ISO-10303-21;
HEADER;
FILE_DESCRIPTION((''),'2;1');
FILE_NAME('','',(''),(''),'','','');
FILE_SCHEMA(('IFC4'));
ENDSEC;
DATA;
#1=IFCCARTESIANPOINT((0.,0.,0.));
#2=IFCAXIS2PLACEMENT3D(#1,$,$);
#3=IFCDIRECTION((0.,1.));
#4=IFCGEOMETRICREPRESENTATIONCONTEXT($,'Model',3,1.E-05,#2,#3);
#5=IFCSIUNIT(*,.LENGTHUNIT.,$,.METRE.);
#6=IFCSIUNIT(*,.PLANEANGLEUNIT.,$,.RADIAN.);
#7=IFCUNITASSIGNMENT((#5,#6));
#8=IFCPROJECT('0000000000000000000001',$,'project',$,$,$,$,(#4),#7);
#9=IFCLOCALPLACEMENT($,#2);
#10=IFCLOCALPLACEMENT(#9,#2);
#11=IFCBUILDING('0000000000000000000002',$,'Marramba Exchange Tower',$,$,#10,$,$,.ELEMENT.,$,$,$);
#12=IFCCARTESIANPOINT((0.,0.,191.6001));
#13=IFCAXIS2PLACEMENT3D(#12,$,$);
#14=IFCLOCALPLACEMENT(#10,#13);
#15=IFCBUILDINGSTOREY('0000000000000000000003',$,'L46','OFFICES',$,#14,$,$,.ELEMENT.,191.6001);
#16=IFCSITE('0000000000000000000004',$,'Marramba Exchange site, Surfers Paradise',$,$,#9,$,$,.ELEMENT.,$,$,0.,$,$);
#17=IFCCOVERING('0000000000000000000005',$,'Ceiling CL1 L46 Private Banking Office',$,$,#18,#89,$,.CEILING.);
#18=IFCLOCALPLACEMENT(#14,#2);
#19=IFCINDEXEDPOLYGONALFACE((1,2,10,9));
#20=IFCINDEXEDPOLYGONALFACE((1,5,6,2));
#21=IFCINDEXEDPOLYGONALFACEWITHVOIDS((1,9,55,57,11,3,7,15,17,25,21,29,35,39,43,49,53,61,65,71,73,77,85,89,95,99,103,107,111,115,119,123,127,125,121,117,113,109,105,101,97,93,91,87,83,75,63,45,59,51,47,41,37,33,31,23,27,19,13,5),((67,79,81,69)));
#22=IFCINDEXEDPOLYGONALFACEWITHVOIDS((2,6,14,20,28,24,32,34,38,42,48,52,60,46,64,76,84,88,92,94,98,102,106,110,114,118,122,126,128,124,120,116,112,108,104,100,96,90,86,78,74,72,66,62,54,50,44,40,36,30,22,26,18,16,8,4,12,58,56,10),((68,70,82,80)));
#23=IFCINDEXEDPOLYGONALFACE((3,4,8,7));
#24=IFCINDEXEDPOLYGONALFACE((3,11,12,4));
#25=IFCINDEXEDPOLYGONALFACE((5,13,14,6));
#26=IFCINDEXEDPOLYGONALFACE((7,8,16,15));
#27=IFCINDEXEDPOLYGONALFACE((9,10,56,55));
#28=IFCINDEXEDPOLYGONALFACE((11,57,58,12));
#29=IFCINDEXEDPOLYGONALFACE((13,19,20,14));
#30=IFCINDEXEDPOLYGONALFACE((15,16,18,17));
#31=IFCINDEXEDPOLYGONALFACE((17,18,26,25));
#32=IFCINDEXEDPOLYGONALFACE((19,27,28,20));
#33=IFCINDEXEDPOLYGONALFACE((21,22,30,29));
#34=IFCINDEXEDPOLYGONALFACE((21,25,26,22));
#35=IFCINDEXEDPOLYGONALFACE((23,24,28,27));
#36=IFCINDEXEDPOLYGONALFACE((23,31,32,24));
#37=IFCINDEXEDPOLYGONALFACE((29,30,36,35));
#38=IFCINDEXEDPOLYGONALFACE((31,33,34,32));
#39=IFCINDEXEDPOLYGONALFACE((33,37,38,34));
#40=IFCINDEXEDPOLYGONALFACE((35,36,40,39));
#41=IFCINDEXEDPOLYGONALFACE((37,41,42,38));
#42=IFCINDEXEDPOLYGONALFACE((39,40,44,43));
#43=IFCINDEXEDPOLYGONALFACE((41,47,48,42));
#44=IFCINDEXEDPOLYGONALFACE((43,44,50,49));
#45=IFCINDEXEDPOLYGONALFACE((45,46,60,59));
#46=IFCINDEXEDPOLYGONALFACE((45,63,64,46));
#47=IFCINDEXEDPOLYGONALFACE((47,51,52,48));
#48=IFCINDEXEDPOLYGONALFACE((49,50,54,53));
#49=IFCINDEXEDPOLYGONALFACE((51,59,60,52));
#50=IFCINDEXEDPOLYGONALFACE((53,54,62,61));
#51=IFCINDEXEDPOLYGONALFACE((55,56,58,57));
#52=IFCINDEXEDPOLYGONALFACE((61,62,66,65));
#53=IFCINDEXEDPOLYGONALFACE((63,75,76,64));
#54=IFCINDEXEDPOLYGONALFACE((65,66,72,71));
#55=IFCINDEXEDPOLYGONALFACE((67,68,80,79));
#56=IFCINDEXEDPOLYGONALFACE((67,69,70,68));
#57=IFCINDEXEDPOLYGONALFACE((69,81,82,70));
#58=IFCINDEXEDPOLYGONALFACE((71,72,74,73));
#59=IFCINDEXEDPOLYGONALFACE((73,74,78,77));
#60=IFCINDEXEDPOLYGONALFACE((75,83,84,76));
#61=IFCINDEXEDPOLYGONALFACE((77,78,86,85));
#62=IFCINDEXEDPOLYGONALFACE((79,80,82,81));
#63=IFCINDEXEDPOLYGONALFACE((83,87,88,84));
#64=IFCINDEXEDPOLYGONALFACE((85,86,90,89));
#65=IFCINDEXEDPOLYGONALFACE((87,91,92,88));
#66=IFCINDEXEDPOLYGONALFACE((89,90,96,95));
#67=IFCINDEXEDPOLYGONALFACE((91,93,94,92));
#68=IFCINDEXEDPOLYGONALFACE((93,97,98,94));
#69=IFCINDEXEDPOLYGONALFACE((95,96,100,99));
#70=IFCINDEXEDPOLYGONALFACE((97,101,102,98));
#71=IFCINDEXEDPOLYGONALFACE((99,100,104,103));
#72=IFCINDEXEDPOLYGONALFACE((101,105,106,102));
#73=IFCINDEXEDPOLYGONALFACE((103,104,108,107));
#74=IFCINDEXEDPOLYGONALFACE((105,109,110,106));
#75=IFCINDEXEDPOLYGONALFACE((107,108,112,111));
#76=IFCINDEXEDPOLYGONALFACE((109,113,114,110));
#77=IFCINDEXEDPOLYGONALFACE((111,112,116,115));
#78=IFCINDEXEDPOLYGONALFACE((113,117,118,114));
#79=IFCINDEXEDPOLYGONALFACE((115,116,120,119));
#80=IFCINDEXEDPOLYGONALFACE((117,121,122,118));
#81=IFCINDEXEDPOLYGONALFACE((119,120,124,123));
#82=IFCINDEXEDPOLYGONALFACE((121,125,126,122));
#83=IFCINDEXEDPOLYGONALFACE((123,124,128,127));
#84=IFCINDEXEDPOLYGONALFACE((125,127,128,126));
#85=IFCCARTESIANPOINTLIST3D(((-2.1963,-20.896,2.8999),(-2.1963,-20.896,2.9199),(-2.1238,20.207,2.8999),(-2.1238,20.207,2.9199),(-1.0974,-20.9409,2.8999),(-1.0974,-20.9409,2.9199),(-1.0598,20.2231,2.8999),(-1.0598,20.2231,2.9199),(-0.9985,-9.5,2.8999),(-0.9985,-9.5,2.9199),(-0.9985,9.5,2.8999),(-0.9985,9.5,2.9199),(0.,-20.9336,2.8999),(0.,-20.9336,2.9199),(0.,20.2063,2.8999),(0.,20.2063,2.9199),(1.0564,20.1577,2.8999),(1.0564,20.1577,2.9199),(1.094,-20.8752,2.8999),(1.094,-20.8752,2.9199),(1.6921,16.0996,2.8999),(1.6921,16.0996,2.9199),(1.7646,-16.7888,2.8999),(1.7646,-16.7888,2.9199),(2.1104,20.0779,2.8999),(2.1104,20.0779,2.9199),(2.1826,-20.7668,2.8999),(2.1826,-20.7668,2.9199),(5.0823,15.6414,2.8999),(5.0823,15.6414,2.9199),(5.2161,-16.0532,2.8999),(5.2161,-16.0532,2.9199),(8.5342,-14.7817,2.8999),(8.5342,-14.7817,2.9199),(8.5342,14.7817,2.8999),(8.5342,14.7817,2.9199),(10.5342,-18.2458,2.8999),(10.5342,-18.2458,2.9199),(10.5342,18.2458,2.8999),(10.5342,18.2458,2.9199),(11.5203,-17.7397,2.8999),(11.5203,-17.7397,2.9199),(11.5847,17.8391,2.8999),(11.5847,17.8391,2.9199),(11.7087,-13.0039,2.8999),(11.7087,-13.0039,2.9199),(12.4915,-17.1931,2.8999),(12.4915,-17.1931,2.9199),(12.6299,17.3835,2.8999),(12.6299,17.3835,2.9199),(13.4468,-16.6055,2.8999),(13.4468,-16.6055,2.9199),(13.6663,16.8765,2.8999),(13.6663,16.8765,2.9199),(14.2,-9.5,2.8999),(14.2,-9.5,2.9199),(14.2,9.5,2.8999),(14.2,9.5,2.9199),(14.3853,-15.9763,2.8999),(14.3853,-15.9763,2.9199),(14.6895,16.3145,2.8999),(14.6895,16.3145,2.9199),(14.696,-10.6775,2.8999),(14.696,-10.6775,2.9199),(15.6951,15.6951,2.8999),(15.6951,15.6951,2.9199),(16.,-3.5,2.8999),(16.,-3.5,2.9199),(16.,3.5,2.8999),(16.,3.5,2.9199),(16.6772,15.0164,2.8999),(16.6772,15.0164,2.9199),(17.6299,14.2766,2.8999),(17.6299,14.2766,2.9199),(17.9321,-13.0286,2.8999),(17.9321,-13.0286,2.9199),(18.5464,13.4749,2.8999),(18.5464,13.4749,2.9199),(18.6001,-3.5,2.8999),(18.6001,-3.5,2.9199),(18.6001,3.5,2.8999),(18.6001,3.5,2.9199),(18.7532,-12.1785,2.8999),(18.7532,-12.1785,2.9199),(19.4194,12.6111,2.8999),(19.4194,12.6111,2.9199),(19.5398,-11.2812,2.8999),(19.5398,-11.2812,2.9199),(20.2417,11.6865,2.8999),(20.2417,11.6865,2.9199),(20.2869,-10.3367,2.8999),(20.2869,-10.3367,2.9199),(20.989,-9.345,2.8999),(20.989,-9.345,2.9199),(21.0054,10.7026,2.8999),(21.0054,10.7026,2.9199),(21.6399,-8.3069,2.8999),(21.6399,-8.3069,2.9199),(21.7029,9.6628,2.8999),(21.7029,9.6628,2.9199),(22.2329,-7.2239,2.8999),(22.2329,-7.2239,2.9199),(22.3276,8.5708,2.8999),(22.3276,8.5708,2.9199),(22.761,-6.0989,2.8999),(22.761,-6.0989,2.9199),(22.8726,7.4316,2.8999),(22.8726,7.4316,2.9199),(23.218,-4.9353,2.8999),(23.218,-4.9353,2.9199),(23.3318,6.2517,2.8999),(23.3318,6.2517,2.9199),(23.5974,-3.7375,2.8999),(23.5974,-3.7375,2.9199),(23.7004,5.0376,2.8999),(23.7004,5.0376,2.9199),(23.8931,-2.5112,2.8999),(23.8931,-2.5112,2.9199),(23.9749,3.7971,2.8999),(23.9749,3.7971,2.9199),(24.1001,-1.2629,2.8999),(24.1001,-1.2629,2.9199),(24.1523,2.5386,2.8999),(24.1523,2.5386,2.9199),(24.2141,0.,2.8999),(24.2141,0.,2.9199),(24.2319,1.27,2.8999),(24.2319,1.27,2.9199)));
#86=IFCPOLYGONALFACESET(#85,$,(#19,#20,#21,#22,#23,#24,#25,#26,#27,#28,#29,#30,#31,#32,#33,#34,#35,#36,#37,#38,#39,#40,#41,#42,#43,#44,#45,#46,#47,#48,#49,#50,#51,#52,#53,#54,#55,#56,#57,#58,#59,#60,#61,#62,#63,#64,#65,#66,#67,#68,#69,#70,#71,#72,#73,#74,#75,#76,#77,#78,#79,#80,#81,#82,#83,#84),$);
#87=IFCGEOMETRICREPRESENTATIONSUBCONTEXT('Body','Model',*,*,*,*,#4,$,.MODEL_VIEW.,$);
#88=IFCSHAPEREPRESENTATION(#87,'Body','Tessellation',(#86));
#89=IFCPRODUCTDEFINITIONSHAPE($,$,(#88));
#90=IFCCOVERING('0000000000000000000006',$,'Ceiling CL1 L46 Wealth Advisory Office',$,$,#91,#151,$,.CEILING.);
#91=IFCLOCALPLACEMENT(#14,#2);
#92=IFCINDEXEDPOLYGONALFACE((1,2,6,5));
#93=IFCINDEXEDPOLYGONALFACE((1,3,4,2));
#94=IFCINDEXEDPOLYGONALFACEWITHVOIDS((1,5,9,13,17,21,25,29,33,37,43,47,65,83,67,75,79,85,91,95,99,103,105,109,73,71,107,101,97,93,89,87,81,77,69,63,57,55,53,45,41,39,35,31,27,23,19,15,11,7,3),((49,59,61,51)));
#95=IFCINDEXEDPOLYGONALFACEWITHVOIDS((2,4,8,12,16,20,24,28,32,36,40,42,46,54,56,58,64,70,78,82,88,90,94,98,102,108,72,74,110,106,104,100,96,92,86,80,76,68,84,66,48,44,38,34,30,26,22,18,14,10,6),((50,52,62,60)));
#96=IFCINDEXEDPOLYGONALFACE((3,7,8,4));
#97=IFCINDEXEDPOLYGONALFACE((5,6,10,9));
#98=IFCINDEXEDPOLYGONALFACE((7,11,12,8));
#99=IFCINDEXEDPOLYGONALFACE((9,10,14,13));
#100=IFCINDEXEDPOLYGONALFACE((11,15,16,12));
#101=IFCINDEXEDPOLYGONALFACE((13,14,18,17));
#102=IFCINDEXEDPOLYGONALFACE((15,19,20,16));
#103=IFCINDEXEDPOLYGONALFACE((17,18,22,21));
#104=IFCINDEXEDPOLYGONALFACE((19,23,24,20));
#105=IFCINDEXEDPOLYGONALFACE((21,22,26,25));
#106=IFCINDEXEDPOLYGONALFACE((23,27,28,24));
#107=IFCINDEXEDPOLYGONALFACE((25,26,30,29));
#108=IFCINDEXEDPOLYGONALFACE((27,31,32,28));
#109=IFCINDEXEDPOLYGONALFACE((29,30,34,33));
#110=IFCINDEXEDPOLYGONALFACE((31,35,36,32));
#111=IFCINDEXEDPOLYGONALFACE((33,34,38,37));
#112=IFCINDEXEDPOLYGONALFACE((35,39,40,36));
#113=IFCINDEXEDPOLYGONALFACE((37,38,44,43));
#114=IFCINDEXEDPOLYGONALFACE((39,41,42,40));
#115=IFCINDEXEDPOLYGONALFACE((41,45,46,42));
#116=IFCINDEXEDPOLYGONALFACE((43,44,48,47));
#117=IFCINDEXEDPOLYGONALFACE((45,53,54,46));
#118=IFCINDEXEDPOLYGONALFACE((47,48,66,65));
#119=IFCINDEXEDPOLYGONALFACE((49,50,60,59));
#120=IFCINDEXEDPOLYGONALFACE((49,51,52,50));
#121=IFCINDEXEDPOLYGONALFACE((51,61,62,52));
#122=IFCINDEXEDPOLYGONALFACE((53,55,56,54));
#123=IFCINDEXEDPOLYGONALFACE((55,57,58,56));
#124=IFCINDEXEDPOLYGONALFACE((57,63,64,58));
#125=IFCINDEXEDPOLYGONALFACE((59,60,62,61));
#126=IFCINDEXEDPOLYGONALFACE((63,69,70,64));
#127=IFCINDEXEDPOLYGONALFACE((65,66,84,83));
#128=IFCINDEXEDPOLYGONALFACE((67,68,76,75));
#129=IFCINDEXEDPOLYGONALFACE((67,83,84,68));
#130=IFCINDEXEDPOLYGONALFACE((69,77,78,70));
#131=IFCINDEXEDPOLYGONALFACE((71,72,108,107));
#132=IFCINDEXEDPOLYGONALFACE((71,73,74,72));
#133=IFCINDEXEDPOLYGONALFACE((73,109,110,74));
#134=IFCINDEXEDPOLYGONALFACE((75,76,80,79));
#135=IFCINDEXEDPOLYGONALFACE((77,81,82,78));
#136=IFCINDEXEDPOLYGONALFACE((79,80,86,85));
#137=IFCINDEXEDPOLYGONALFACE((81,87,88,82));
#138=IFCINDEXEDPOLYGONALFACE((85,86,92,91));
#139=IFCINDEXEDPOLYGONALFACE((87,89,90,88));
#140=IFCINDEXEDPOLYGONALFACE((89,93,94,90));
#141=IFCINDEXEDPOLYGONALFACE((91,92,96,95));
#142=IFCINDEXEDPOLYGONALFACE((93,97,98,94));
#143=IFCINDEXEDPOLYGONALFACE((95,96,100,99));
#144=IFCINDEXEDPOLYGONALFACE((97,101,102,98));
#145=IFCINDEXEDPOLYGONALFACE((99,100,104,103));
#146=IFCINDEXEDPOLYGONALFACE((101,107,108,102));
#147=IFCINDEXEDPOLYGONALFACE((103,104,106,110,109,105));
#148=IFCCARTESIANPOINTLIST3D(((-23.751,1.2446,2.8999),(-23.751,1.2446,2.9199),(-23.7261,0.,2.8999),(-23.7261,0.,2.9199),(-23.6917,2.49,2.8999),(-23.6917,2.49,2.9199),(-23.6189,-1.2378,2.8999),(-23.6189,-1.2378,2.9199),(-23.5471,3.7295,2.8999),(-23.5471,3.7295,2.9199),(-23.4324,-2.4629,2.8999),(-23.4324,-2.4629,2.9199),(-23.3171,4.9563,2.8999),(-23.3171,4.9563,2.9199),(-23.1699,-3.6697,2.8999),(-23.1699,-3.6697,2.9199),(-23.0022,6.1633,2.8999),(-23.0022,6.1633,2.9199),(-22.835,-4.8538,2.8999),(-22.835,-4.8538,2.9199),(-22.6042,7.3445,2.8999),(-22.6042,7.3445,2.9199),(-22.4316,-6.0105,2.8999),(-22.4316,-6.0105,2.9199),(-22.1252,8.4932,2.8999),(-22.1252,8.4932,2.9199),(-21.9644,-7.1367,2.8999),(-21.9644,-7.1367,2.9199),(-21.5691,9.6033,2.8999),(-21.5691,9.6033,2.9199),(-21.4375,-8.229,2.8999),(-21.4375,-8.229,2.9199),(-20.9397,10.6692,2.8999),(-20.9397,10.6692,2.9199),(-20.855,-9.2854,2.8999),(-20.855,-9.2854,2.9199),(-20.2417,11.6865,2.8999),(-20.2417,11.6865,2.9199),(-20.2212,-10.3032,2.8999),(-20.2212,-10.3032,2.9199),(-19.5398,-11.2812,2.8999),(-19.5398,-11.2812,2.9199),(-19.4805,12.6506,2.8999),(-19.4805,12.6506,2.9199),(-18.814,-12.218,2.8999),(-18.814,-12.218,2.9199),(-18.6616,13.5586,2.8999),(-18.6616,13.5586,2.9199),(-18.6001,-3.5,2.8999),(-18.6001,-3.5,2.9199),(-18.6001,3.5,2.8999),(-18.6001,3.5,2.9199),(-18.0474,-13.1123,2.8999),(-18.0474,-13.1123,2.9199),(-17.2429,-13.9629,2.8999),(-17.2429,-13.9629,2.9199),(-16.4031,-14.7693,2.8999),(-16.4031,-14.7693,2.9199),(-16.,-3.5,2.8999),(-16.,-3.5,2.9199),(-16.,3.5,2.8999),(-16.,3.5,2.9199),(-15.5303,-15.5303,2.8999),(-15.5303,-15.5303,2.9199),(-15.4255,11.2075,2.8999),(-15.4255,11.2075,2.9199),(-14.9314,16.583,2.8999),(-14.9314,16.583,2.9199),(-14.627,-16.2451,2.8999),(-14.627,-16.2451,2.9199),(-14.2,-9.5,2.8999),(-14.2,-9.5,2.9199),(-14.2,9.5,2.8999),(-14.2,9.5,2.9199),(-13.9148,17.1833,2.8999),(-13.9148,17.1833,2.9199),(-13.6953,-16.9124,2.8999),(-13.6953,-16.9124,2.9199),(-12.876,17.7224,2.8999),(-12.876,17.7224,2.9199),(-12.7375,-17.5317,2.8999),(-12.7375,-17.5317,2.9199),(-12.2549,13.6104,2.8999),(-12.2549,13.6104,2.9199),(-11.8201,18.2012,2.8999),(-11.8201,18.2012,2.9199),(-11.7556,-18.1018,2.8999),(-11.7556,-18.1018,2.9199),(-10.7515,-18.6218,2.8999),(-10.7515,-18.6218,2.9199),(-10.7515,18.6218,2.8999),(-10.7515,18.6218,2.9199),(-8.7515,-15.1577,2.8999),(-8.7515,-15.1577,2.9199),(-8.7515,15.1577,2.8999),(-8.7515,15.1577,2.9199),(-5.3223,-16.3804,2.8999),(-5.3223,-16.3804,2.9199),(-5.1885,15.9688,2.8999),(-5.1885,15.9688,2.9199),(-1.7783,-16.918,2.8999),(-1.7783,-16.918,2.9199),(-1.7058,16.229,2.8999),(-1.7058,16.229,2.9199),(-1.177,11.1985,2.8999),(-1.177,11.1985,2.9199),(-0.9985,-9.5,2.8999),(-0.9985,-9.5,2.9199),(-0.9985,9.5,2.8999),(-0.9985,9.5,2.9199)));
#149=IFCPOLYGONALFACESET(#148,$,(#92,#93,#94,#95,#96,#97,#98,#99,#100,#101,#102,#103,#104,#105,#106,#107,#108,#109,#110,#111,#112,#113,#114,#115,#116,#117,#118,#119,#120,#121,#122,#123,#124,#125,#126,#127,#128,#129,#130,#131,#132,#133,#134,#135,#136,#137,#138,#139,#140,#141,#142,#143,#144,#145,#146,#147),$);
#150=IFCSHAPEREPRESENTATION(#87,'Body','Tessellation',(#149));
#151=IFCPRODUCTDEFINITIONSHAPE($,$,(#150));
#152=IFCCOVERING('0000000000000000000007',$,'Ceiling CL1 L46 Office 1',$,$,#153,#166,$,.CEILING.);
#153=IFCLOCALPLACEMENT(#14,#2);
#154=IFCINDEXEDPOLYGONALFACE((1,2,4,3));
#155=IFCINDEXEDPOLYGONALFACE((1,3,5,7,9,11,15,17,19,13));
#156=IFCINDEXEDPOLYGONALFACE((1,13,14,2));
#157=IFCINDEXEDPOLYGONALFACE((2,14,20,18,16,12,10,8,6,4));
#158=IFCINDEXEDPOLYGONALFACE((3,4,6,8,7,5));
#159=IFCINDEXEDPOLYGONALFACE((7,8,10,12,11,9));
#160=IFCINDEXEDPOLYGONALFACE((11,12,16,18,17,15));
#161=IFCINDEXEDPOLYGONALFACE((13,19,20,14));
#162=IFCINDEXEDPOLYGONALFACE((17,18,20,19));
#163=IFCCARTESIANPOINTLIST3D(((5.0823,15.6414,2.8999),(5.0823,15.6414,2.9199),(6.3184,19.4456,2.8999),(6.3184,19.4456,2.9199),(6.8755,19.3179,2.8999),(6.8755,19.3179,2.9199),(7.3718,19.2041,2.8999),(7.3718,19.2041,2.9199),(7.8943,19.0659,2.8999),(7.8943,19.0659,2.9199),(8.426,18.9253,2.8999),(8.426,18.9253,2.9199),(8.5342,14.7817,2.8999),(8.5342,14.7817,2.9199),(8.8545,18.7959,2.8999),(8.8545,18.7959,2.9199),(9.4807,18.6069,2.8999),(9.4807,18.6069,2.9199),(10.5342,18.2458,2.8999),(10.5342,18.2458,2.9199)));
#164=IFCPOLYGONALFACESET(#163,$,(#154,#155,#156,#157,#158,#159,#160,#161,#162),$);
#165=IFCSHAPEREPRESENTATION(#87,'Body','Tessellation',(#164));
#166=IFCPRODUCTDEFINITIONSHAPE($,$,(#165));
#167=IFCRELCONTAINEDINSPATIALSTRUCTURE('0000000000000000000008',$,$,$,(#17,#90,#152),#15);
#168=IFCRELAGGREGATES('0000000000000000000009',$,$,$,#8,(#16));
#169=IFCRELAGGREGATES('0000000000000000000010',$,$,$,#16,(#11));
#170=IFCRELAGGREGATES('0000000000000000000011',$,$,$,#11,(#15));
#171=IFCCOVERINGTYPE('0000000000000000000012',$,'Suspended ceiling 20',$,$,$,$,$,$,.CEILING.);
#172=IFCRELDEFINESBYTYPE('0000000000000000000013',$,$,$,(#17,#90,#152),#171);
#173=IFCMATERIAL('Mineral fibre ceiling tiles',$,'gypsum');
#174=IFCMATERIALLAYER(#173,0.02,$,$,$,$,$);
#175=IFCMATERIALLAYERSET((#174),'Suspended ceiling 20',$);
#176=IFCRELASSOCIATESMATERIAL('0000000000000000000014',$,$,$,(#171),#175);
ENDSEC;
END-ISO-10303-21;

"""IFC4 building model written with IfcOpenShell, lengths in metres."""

from ifc_helpers import new_model, si_unit, direction, frame, origin, place, context, subcontext, project, spatial, polyline, outline, extrude, material, layer, layer_set, type_object, element, save


model = new_model("IFC4")

# Units and contexts
model_context = context("Model", 3, precision=1e-05, world=origin(), true_north=direction((0.0, 1.0)))
body_context = subcontext(model_context, "Body", "Model", "MODEL_VIEW")
ifc_project = project(units=[si_unit("LENGTHUNIT", "METRE"), si_unit("PLANEANGLEUNIT", "RADIAN")], contexts=[model_context])

# Site, building, storey
site_placement = place(None, origin())
site = spatial("IfcSite", under=ifc_project, at=site_placement, Name="Marramba Exchange site, Surfers Paradise", CompositionType="ELEMENT", RefElevation=0.0)
building_placement = place(site_placement, origin())
building = spatial("IfcBuilding", under=site, at=building_placement, Name="Marramba Exchange Tower", CompositionType="ELEMENT")
storey_placement = place(building_placement, frame((0.0, 0.0, 191.6001)))
storey = spatial("IfcBuildingStorey", under=building, at=storey_placement, Name="L46", Description="OFFICES", CompositionType="ELEMENT", Elevation=191.6001)

# Coverings
ifc_material_1 = material(Name="Mineral fibre ceiling tiles", Category="gypsum")
ifc_layer_1 = layer(ifc_material_1, 0.02)
ifc_layer_set_1 = layer_set([ifc_layer_1], Name="Suspended ceiling 20")
covering_type = type_object("IfcCoveringType", Name="Suspended ceiling 20", PredefinedType="CEILING", material=ifc_layer_set_1)
covering_1_placement = place(storey_placement, frame((0.0, 0.0, 2.8999)))
element("IfcCovering", 1, at=covering_1_placement, inside=storey, type_object=covering_type, Name="Ceiling CL1 L46 Private Banking Office", PredefinedType="CEILING", context=body_context, shape_type="SweptSolid", body=[
    extrude(outline(polyline([(14.2, 9.5), (-0.9985, 9.5), (-2.1238, 20.207), (-1.0598, 20.2231), (0.0, 20.2063), (1.0564, 20.1577), (2.1104, 20.0779), (1.6921, 16.0996), (5.0823, 15.6414), (8.5342, 14.7817), (10.5342, 18.2458), (11.5847, 17.8391), (12.6299, 17.3835), (13.6663, 16.8765), (14.6895, 16.3145), (15.6951, 15.6951), (16.6772, 15.0164), (17.6299, 14.2766), (18.5464, 13.4749), (19.4194, 12.6111), (20.2417, 11.6865), (21.0054, 10.7026), (21.7029, 9.6628), (22.3276, 8.5708), (22.8726, 7.4316), (23.3318, 6.2517), (23.7004, 5.0376), (23.9749, 3.7971), (24.1523, 2.5386), (24.2319, 1.27), (24.2141, 0.0), (24.1001, -1.2629), (23.8931, -2.5112), (23.5974, -3.7375), (23.218, -4.9353), (22.761, -6.0989), (22.2329, -7.2239), (21.6399, -8.3069), (20.989, -9.345), (20.2869, -10.3367), (19.5398, -11.2812), (18.7532, -12.1785), (17.9321, -13.0286), (14.696, -10.6775), (11.7087, -13.0039), (14.3853, -15.9763), (13.4468, -16.6055), (12.4915, -17.1931), (11.5203, -17.7397), (10.5342, -18.2458), (8.5342, -14.7817), (5.2161, -16.0532), (1.7646, -16.7888), (2.1826, -20.7668), (1.094, -20.8752), (0.0, -20.9336), (-1.0974, -20.9409), (-2.1963, -20.896), (-0.9985, -9.5), (14.2, -9.5), (14.2, 9.5)]), holes=[polyline([(16.0, -3.5), (18.6001, -3.5), (18.6001, 3.5), (16.0, 3.5), (16.0, -3.5)])]), origin(), (0.0, 0.0, 1.0), 0.02),
])
covering_2_placement = place(storey_placement, frame((0.0, 0.0, 2.8999)))
element("IfcCovering", 2, at=covering_2_placement, inside=storey, type_object=covering_type, Name="Ceiling CL1 L46 Wealth Advisory Office", PredefinedType="CEILING", context=body_context, shape_type="SweptSolid", body=[
    extrude(outline(polyline([(-14.2, 9.5), (-14.2, -9.5), (-0.9985, -9.5), (-1.7783, -16.918), (-5.3223, -16.3804), (-8.7515, -15.1577), (-10.7515, -18.6218), (-11.7556, -18.1018), (-12.7375, -17.5317), (-13.6953, -16.9124), (-14.627, -16.2451), (-15.5303, -15.5303), (-16.4031, -14.7693), (-17.2429, -13.9629), (-18.0474, -13.1123), (-18.814, -12.218), (-19.5398, -11.2812), (-20.2212, -10.3032), (-20.855, -9.2854), (-21.4375, -8.229), (-21.9644, -7.1367), (-22.4316, -6.0105), (-22.835, -4.8538), (-23.1699, -3.6697), (-23.4324, -2.4629), (-23.6189, -1.2378), (-23.7261, 0.0), (-23.751, 1.2446), (-23.6917, 2.49), (-23.5471, 3.7295), (-23.3171, 4.9563), (-23.0022, 6.1633), (-22.6042, 7.3445), (-22.1252, 8.4932), (-21.5691, 9.6033), (-20.9397, 10.6692), (-20.2417, 11.6865), (-19.4805, 12.6506), (-18.6616, 13.5586), (-15.4255, 11.2075), (-12.2549, 13.6104), (-14.9314, 16.583), (-13.9148, 17.1833), (-12.876, 17.7224), (-11.8201, 18.2012), (-10.7515, 18.6218), (-8.7515, 15.1577), (-5.1885, 15.9688), (-1.7058, 16.229), (-1.177, 11.1985), (-0.9985, 9.5), (-14.2, 9.5)]), holes=[polyline([(-18.6001, 3.5), (-18.6001, -3.5), (-16.0, -3.5), (-16.0, 3.5), (-18.6001, 3.5)])]), origin(), (0.0, 0.0, 1.0), 0.02),
])
covering_3_placement = place(storey_placement, frame((0.0, 0.0, 2.8999)))
element("IfcCovering", 3, at=covering_3_placement, inside=storey, type_object=covering_type, Name="Ceiling CL1 L46 Office 1", PredefinedType="CEILING", context=body_context, shape_type="SweptSolid", body=[
    extrude(outline(polyline([(6.8755, 19.3179), (7.3718, 19.2041), (7.8943, 19.0659), (8.426, 18.9253), (8.8545, 18.7959), (9.4807, 18.6069), (10.5342, 18.2458), (8.5342, 14.7817), (5.0823, 15.6414), (6.3184, 19.4456), (6.8755, 19.3179)])), origin(), (0.0, 0.0, 1.0), 0.02),
])

save(model, "model.ifc")
